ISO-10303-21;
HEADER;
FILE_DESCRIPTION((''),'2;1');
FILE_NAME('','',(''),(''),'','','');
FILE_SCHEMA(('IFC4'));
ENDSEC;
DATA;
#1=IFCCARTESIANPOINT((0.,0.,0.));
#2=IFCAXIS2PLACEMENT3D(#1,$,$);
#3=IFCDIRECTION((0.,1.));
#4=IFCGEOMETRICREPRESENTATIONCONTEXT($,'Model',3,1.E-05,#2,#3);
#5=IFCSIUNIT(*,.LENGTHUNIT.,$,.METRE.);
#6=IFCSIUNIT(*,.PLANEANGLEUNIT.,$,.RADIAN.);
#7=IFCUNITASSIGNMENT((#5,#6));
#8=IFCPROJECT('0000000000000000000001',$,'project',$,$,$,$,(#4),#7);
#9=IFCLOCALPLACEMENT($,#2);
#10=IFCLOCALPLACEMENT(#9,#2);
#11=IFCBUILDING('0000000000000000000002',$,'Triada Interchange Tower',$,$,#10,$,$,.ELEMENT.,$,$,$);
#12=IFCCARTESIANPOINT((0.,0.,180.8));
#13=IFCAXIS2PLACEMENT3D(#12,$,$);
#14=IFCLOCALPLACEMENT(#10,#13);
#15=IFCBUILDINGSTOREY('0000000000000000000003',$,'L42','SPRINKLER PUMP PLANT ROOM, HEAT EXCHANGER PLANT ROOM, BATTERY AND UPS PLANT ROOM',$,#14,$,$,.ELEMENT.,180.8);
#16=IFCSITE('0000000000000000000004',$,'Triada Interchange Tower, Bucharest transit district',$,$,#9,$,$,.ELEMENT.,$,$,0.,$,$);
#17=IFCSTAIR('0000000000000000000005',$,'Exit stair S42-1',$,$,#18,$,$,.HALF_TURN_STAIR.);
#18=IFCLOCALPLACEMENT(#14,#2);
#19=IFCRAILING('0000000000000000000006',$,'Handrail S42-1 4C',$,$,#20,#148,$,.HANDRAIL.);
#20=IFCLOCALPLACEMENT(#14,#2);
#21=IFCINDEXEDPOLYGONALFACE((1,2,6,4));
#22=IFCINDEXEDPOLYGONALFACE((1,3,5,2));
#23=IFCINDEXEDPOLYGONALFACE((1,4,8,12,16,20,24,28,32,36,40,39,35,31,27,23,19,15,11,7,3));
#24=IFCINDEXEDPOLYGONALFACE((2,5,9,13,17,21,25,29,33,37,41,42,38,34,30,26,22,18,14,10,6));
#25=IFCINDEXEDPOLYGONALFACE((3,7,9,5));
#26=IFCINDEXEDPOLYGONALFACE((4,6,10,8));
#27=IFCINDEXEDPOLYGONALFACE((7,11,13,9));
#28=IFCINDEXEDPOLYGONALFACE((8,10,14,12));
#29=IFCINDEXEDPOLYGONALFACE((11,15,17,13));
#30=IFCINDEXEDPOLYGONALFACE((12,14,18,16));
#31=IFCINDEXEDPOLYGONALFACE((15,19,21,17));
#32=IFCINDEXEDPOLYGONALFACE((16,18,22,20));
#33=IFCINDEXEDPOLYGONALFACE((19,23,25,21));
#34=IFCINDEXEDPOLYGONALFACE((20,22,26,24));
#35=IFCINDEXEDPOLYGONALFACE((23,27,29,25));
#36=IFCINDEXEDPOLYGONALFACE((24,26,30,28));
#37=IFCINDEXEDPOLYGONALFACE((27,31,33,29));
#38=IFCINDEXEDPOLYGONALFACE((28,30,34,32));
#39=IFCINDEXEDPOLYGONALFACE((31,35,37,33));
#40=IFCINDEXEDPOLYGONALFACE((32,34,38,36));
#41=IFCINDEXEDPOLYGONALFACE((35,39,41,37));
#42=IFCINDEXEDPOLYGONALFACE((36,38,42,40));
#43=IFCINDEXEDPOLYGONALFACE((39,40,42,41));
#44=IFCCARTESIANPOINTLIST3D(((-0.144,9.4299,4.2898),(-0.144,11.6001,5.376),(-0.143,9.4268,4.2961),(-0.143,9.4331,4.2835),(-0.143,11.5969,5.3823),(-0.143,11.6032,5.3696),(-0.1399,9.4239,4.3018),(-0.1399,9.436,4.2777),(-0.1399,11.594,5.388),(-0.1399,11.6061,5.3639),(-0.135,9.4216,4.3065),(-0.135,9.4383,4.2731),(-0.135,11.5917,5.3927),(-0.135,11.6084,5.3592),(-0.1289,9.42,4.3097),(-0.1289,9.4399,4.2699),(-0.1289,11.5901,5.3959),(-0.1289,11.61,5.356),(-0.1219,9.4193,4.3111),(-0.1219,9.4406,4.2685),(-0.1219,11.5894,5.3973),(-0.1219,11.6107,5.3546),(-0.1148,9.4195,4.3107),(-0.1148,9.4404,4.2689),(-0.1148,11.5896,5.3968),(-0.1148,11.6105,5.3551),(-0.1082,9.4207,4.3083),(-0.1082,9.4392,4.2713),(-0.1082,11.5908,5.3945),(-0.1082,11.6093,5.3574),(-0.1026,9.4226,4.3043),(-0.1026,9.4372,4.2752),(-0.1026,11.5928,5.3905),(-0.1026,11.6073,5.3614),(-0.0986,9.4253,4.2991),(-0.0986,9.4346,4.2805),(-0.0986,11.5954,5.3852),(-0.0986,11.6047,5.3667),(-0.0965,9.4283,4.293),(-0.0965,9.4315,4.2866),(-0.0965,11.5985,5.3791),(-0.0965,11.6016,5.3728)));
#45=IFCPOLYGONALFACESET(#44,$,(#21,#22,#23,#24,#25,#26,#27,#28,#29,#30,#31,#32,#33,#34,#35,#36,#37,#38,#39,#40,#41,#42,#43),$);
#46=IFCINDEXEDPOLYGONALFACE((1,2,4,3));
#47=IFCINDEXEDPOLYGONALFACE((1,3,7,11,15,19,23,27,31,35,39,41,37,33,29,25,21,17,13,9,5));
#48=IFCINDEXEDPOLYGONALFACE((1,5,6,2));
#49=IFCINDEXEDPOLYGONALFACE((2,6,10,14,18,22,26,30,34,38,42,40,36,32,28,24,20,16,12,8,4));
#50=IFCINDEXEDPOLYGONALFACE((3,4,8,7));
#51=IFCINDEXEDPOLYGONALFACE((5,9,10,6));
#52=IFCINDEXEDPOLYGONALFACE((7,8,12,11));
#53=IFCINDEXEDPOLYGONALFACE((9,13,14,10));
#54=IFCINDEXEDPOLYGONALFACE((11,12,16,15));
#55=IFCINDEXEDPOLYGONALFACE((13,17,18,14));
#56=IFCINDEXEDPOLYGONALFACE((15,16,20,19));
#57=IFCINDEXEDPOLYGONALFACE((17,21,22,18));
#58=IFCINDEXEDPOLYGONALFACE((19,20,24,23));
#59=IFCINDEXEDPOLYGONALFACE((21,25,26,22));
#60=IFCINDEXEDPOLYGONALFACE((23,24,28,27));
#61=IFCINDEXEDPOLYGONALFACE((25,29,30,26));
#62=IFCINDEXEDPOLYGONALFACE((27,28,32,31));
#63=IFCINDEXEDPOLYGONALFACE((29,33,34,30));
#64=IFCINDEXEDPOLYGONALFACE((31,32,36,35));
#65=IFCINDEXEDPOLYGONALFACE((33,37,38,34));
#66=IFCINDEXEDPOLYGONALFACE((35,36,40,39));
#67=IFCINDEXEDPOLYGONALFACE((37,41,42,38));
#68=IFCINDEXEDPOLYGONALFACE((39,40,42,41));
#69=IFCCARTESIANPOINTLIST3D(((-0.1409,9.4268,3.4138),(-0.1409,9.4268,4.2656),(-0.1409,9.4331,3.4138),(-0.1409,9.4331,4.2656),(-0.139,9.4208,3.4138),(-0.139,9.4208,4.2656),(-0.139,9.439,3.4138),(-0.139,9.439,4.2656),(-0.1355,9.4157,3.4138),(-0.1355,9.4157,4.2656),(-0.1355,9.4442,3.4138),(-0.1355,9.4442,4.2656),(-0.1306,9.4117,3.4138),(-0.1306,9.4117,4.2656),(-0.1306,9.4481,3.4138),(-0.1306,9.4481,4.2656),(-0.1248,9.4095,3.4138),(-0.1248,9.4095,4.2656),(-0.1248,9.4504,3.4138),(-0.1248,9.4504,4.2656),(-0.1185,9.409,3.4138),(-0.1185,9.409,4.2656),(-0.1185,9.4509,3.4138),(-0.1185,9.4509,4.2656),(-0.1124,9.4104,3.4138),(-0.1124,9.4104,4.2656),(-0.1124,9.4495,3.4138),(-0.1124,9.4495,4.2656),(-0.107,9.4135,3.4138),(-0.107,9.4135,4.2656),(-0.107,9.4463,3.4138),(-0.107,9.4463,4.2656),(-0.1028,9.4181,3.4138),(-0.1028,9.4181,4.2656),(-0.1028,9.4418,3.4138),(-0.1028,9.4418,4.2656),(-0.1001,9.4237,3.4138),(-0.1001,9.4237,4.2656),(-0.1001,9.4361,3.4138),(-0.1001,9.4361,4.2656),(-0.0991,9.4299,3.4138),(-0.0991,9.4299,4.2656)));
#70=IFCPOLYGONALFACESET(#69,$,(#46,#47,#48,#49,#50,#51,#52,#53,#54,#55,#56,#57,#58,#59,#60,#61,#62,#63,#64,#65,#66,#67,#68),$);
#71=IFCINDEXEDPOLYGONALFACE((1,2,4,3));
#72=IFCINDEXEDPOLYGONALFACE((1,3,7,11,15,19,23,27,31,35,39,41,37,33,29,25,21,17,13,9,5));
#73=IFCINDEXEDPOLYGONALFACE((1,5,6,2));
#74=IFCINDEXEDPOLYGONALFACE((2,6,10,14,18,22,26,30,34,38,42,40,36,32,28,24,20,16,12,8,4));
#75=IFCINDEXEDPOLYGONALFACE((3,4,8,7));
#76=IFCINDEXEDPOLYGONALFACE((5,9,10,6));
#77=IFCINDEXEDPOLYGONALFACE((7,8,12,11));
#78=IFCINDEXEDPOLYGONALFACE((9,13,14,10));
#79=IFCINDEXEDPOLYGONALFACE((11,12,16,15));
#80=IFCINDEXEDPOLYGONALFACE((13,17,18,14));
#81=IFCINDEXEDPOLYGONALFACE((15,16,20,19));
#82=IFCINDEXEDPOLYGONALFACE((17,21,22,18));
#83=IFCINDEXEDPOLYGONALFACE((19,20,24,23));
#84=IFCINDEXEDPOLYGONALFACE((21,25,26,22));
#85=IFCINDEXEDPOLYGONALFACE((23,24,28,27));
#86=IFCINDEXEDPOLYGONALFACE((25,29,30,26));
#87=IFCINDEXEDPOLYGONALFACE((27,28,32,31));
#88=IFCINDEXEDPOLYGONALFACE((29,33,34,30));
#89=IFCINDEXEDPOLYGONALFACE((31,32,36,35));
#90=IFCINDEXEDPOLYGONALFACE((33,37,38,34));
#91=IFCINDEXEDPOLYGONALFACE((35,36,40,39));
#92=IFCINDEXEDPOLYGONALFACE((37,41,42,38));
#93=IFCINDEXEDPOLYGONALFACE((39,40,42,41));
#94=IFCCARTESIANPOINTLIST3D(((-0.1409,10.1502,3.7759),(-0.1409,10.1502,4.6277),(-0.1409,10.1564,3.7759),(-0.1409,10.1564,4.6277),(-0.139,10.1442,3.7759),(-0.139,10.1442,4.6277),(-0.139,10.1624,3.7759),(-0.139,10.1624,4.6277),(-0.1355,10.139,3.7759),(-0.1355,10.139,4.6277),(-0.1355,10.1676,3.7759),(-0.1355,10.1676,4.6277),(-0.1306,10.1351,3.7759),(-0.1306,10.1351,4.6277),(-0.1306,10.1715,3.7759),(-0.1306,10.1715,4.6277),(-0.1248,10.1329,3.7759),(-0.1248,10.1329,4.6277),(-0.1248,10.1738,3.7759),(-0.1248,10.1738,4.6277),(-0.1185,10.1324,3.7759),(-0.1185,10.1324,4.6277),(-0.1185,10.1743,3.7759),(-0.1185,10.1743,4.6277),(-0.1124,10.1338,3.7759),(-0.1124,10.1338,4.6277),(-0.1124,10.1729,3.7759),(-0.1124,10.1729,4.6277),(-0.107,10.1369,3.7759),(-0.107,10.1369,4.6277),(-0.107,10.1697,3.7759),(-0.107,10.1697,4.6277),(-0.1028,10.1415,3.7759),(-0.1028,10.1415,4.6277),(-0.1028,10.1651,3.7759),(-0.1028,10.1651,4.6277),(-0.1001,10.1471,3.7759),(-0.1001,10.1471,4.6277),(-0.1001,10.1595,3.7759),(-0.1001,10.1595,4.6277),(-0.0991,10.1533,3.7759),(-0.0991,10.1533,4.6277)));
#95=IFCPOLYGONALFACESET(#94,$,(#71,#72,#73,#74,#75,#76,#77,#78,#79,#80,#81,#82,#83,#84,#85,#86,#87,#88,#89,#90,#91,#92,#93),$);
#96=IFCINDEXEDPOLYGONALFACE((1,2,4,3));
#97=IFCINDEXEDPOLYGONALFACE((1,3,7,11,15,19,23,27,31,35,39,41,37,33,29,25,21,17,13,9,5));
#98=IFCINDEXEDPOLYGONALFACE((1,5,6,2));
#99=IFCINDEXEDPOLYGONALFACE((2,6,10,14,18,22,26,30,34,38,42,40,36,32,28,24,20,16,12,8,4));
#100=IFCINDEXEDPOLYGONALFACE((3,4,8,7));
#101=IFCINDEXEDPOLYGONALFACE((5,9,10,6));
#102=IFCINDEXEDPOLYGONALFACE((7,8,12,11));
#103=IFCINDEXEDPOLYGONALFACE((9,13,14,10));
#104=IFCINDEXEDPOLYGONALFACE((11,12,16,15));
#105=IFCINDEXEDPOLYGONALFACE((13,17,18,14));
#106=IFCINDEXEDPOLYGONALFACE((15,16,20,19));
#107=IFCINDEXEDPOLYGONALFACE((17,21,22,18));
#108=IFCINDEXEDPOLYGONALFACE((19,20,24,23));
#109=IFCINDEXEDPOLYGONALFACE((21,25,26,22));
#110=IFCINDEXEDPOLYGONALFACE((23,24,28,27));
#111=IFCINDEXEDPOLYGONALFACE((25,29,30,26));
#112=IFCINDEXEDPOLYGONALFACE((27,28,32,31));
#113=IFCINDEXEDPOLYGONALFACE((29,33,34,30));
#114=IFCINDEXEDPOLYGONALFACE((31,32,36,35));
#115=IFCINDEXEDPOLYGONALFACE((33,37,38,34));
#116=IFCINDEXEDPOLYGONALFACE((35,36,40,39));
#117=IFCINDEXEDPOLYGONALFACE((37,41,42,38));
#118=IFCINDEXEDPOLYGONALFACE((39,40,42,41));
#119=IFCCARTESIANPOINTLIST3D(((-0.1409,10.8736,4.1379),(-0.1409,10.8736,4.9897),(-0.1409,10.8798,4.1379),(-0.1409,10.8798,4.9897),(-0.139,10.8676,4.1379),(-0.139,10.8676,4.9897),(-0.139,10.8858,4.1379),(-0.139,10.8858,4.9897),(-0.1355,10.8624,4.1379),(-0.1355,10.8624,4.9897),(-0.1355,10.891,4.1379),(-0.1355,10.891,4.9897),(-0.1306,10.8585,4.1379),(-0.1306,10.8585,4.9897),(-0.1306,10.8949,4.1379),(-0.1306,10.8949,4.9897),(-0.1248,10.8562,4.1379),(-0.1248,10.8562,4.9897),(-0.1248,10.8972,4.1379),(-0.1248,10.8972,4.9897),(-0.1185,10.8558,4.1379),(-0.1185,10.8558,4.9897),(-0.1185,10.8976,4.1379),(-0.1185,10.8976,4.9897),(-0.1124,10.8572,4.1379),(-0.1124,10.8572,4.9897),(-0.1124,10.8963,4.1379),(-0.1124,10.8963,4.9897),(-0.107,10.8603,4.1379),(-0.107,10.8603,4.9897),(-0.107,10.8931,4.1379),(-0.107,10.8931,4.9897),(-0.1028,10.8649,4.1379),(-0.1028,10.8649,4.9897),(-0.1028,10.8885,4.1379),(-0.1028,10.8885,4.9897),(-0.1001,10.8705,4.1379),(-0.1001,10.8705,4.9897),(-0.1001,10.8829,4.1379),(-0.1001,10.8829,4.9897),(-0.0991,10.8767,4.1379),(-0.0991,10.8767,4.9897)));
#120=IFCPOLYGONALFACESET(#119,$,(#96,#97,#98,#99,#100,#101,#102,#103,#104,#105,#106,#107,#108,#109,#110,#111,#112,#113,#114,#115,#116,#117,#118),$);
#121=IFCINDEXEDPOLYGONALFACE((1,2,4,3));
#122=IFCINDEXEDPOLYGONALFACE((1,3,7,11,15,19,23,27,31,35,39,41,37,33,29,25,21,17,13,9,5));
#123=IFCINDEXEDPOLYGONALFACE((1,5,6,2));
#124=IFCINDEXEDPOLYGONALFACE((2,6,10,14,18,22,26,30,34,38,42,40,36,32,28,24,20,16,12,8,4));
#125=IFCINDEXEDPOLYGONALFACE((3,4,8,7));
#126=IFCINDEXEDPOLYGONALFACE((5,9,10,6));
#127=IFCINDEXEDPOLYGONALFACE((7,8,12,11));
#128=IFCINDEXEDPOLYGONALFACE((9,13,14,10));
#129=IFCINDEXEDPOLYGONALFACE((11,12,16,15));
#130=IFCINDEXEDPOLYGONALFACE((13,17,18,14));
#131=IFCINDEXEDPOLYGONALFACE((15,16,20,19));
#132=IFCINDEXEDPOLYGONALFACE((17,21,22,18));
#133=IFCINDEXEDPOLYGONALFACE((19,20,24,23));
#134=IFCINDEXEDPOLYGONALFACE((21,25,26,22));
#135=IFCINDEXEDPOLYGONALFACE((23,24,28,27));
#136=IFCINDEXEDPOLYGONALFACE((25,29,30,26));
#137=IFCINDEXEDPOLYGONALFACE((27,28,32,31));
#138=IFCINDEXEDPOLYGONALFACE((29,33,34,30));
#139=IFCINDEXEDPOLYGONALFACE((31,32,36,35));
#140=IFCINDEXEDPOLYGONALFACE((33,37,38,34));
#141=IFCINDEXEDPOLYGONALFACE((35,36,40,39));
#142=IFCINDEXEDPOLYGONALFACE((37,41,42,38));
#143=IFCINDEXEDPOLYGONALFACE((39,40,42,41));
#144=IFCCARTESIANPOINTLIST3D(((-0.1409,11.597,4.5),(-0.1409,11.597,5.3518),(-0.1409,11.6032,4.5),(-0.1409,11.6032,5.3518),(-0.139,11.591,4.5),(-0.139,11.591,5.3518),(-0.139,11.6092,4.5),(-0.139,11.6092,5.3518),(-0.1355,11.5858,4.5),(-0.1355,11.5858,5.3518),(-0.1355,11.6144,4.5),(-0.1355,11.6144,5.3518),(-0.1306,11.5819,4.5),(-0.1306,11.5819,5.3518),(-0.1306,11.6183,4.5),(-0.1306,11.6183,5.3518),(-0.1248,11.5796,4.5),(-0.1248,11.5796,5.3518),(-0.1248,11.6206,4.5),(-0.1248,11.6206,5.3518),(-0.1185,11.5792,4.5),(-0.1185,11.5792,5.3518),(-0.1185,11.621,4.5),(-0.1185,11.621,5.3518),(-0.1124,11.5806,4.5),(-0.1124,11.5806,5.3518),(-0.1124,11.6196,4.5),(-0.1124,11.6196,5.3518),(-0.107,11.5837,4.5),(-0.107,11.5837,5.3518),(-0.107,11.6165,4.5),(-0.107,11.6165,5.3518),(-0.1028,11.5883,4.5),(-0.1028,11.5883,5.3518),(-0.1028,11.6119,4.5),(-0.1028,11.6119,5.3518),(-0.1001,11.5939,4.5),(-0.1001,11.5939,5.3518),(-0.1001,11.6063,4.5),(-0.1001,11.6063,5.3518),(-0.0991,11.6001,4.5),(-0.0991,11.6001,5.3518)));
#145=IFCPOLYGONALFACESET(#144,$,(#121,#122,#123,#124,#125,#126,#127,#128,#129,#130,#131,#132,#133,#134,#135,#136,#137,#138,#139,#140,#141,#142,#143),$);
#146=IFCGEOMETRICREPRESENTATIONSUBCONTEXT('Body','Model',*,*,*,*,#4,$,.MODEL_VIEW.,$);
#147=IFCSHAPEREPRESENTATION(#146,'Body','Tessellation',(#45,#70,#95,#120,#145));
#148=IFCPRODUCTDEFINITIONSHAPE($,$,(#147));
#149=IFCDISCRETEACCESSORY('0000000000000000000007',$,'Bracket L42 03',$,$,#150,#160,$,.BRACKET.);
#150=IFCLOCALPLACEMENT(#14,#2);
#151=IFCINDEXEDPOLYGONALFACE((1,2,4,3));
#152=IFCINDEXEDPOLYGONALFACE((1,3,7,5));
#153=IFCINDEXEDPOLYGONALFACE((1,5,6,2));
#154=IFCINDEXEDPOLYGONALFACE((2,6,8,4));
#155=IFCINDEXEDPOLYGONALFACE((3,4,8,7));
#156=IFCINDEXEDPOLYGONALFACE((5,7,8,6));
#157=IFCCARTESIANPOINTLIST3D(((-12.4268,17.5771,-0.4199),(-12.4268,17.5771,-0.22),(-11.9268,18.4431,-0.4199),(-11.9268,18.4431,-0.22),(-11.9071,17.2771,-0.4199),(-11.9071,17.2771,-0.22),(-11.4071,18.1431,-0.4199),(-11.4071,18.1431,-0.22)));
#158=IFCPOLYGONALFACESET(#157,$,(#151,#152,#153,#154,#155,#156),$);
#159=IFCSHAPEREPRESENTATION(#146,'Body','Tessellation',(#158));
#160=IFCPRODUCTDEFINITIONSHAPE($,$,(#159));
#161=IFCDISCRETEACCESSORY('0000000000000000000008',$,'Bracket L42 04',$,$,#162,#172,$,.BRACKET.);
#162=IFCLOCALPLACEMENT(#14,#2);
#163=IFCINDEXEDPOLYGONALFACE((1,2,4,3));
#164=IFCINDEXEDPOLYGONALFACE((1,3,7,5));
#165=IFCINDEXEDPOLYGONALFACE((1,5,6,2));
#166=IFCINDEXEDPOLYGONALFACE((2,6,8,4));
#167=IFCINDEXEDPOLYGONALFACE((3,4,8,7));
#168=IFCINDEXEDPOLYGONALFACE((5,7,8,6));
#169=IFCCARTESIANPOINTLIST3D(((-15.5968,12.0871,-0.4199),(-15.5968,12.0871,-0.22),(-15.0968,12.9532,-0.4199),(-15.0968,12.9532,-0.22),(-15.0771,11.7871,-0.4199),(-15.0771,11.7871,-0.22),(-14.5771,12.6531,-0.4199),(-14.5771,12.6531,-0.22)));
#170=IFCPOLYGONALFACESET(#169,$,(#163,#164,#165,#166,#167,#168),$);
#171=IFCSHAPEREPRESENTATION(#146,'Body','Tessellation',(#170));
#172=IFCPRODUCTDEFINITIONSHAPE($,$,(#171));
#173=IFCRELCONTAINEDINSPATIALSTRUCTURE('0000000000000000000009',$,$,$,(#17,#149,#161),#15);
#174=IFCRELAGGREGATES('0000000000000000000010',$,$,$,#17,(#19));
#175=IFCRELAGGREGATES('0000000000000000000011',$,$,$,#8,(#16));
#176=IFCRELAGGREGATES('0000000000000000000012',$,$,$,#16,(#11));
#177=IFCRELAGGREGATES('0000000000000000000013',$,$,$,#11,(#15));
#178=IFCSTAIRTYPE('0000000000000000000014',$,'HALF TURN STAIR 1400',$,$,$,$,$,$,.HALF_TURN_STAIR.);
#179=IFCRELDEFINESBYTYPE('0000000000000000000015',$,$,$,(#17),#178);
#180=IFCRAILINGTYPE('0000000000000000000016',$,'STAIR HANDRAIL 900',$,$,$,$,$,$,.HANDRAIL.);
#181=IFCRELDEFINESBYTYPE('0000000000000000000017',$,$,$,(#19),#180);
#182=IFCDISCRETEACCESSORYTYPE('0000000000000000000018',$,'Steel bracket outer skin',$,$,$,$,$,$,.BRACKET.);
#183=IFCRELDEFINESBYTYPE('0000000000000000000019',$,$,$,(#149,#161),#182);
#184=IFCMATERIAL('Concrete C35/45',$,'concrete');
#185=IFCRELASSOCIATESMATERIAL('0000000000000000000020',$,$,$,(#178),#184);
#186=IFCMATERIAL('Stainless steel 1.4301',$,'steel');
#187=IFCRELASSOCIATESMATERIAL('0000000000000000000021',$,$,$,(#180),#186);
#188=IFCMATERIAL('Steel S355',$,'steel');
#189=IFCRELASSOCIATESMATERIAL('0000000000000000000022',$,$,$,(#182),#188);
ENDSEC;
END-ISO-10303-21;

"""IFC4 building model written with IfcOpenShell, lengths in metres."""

from ifc_helpers import new_model, si_unit, direction, frame, origin, origin_2d, place, context, subcontext, project, spatial, rectangle, circle, extrude, material, type_object, element, aggregate, save


model = new_model("IFC4")

# Units and contexts
model_context = context("Model", 3, precision=1e-05, world=origin(), true_north=direction((0.0, 1.0)))
body_context = subcontext(model_context, "Body", "Model", "MODEL_VIEW")
ifc_project = project(units=[si_unit("LENGTHUNIT", "METRE"), si_unit("PLANEANGLEUNIT", "RADIAN")], contexts=[model_context])

# Site, building, storey
site_placement = place(None, origin())
site = spatial("IfcSite", under=ifc_project, at=site_placement, Name="Triada Interchange Tower, Bucharest transit district", CompositionType="ELEMENT", RefElevation=0.0)
building_placement = place(site_placement, origin())
building = spatial("IfcBuilding", under=site, at=building_placement, Name="Triada Interchange Tower", CompositionType="ELEMENT")
storey_placement = place(building_placement, frame((0.0, 0.0, 180.8)))
storey = spatial("IfcBuildingStorey", under=building, at=storey_placement, Name="L42", Description="SPRINKLER PUMP PLANT ROOM, HEAT EXCHANGER PLANT ROOM, BATTERY AND UPS PLANT ROOM", CompositionType="ELEMENT", Elevation=180.8)

# Shared definitions
ifc_material_1 = material(Name="Steel S355", Category="steel")

# Stair
ifc_material_2 = material(Name="Concrete C35/45", Category="concrete")
stair_type = type_object("IfcStairType", Name="HALF TURN STAIR 1400", PredefinedType="HALF_TURN_STAIR", material=ifc_material_2)
stair_placement = place(storey_placement, origin())
stair = element("IfcStair", 1, at=stair_placement, inside=storey, type_object=stair_type, Name="Exit stair S42-1", PredefinedType="HALF_TURN_STAIR")

# Railing
ifc_material_3 = material(Name="Stainless steel 1.4301", Category="steel")
railing_type = type_object("IfcRailingType", Name="STAIR HANDRAIL 900", PredefinedType="HANDRAIL", material=ifc_material_3)
railing_1_placement = place(storey_placement, frame((-0.1201, 9.4299, 3.4138)))
railing_1 = element("IfcRailing", 2, at=railing_1_placement, type_object=railing_type, Name="Handrail S42-1 4C", PredefinedType="HANDRAIL", context=body_context, shape_type="SweptSolid", body=[
    extrude(circle(Radius=0.0239, at=origin_2d()), frame((0.0, 0.0, 0.876), z_axis=(0.0, 0.894246, 0.447576), x_axis=(-1.0, 0.0, 0.0)), (0.0, 0.0, 1.0), 2.4268),
    extrude(circle(Radius=0.021, at=origin_2d()), origin(), (0.0, 0.0, 1.0), 0.8518),
    extrude(circle(Radius=0.021, at=origin_2d()), frame((0.0, 0.7234, 0.3621)), (0.0, 0.0, 1.0), 0.8518),
    extrude(circle(Radius=0.021, at=origin_2d()), frame((0.0, 1.4468, 0.7241)), (0.0, 0.0, 1.0), 0.8518),
    extrude(circle(Radius=0.021, at=origin_2d()), frame((0.0, 2.1702, 1.0862)), (0.0, 0.0, 1.0), 0.8518),
])
aggregate(stair, [railing_1])

# Discrete accessories
discrete_accessory_type = type_object("IfcDiscreteAccessoryType", Name="Steel bracket outer skin", PredefinedType="BRACKET", material=ifc_material_1)
for number, where, z_axis, x_axis, name in (
    (3, (-11.917, 17.8601, -0.4199), (0.0, 0.0, 1.0), (-0.866021, 0.500007, 0.0), "Bracket L42 03"),
    (4, (-15.0869, 12.3701, -0.4199), (0.0, 0.0, 1.0), (-0.866021, 0.500007, 0.0), "Bracket L42 04"),
):
    element("IfcDiscreteAccessory", number, at=place(storey_placement, frame(where, z_axis=z_axis, x_axis=x_axis)), inside=storey, type_object=discrete_accessory_type, Name=name, PredefinedType="BRACKET", context=body_context, shape_type="SweptSolid", body=[
        extrude(rectangle(XDim=0.6001, YDim=1.0, at=origin_2d()), origin(), (0.0, 0.0, 1.0), 0.2),
    ])

save(model, "model.ifc")
